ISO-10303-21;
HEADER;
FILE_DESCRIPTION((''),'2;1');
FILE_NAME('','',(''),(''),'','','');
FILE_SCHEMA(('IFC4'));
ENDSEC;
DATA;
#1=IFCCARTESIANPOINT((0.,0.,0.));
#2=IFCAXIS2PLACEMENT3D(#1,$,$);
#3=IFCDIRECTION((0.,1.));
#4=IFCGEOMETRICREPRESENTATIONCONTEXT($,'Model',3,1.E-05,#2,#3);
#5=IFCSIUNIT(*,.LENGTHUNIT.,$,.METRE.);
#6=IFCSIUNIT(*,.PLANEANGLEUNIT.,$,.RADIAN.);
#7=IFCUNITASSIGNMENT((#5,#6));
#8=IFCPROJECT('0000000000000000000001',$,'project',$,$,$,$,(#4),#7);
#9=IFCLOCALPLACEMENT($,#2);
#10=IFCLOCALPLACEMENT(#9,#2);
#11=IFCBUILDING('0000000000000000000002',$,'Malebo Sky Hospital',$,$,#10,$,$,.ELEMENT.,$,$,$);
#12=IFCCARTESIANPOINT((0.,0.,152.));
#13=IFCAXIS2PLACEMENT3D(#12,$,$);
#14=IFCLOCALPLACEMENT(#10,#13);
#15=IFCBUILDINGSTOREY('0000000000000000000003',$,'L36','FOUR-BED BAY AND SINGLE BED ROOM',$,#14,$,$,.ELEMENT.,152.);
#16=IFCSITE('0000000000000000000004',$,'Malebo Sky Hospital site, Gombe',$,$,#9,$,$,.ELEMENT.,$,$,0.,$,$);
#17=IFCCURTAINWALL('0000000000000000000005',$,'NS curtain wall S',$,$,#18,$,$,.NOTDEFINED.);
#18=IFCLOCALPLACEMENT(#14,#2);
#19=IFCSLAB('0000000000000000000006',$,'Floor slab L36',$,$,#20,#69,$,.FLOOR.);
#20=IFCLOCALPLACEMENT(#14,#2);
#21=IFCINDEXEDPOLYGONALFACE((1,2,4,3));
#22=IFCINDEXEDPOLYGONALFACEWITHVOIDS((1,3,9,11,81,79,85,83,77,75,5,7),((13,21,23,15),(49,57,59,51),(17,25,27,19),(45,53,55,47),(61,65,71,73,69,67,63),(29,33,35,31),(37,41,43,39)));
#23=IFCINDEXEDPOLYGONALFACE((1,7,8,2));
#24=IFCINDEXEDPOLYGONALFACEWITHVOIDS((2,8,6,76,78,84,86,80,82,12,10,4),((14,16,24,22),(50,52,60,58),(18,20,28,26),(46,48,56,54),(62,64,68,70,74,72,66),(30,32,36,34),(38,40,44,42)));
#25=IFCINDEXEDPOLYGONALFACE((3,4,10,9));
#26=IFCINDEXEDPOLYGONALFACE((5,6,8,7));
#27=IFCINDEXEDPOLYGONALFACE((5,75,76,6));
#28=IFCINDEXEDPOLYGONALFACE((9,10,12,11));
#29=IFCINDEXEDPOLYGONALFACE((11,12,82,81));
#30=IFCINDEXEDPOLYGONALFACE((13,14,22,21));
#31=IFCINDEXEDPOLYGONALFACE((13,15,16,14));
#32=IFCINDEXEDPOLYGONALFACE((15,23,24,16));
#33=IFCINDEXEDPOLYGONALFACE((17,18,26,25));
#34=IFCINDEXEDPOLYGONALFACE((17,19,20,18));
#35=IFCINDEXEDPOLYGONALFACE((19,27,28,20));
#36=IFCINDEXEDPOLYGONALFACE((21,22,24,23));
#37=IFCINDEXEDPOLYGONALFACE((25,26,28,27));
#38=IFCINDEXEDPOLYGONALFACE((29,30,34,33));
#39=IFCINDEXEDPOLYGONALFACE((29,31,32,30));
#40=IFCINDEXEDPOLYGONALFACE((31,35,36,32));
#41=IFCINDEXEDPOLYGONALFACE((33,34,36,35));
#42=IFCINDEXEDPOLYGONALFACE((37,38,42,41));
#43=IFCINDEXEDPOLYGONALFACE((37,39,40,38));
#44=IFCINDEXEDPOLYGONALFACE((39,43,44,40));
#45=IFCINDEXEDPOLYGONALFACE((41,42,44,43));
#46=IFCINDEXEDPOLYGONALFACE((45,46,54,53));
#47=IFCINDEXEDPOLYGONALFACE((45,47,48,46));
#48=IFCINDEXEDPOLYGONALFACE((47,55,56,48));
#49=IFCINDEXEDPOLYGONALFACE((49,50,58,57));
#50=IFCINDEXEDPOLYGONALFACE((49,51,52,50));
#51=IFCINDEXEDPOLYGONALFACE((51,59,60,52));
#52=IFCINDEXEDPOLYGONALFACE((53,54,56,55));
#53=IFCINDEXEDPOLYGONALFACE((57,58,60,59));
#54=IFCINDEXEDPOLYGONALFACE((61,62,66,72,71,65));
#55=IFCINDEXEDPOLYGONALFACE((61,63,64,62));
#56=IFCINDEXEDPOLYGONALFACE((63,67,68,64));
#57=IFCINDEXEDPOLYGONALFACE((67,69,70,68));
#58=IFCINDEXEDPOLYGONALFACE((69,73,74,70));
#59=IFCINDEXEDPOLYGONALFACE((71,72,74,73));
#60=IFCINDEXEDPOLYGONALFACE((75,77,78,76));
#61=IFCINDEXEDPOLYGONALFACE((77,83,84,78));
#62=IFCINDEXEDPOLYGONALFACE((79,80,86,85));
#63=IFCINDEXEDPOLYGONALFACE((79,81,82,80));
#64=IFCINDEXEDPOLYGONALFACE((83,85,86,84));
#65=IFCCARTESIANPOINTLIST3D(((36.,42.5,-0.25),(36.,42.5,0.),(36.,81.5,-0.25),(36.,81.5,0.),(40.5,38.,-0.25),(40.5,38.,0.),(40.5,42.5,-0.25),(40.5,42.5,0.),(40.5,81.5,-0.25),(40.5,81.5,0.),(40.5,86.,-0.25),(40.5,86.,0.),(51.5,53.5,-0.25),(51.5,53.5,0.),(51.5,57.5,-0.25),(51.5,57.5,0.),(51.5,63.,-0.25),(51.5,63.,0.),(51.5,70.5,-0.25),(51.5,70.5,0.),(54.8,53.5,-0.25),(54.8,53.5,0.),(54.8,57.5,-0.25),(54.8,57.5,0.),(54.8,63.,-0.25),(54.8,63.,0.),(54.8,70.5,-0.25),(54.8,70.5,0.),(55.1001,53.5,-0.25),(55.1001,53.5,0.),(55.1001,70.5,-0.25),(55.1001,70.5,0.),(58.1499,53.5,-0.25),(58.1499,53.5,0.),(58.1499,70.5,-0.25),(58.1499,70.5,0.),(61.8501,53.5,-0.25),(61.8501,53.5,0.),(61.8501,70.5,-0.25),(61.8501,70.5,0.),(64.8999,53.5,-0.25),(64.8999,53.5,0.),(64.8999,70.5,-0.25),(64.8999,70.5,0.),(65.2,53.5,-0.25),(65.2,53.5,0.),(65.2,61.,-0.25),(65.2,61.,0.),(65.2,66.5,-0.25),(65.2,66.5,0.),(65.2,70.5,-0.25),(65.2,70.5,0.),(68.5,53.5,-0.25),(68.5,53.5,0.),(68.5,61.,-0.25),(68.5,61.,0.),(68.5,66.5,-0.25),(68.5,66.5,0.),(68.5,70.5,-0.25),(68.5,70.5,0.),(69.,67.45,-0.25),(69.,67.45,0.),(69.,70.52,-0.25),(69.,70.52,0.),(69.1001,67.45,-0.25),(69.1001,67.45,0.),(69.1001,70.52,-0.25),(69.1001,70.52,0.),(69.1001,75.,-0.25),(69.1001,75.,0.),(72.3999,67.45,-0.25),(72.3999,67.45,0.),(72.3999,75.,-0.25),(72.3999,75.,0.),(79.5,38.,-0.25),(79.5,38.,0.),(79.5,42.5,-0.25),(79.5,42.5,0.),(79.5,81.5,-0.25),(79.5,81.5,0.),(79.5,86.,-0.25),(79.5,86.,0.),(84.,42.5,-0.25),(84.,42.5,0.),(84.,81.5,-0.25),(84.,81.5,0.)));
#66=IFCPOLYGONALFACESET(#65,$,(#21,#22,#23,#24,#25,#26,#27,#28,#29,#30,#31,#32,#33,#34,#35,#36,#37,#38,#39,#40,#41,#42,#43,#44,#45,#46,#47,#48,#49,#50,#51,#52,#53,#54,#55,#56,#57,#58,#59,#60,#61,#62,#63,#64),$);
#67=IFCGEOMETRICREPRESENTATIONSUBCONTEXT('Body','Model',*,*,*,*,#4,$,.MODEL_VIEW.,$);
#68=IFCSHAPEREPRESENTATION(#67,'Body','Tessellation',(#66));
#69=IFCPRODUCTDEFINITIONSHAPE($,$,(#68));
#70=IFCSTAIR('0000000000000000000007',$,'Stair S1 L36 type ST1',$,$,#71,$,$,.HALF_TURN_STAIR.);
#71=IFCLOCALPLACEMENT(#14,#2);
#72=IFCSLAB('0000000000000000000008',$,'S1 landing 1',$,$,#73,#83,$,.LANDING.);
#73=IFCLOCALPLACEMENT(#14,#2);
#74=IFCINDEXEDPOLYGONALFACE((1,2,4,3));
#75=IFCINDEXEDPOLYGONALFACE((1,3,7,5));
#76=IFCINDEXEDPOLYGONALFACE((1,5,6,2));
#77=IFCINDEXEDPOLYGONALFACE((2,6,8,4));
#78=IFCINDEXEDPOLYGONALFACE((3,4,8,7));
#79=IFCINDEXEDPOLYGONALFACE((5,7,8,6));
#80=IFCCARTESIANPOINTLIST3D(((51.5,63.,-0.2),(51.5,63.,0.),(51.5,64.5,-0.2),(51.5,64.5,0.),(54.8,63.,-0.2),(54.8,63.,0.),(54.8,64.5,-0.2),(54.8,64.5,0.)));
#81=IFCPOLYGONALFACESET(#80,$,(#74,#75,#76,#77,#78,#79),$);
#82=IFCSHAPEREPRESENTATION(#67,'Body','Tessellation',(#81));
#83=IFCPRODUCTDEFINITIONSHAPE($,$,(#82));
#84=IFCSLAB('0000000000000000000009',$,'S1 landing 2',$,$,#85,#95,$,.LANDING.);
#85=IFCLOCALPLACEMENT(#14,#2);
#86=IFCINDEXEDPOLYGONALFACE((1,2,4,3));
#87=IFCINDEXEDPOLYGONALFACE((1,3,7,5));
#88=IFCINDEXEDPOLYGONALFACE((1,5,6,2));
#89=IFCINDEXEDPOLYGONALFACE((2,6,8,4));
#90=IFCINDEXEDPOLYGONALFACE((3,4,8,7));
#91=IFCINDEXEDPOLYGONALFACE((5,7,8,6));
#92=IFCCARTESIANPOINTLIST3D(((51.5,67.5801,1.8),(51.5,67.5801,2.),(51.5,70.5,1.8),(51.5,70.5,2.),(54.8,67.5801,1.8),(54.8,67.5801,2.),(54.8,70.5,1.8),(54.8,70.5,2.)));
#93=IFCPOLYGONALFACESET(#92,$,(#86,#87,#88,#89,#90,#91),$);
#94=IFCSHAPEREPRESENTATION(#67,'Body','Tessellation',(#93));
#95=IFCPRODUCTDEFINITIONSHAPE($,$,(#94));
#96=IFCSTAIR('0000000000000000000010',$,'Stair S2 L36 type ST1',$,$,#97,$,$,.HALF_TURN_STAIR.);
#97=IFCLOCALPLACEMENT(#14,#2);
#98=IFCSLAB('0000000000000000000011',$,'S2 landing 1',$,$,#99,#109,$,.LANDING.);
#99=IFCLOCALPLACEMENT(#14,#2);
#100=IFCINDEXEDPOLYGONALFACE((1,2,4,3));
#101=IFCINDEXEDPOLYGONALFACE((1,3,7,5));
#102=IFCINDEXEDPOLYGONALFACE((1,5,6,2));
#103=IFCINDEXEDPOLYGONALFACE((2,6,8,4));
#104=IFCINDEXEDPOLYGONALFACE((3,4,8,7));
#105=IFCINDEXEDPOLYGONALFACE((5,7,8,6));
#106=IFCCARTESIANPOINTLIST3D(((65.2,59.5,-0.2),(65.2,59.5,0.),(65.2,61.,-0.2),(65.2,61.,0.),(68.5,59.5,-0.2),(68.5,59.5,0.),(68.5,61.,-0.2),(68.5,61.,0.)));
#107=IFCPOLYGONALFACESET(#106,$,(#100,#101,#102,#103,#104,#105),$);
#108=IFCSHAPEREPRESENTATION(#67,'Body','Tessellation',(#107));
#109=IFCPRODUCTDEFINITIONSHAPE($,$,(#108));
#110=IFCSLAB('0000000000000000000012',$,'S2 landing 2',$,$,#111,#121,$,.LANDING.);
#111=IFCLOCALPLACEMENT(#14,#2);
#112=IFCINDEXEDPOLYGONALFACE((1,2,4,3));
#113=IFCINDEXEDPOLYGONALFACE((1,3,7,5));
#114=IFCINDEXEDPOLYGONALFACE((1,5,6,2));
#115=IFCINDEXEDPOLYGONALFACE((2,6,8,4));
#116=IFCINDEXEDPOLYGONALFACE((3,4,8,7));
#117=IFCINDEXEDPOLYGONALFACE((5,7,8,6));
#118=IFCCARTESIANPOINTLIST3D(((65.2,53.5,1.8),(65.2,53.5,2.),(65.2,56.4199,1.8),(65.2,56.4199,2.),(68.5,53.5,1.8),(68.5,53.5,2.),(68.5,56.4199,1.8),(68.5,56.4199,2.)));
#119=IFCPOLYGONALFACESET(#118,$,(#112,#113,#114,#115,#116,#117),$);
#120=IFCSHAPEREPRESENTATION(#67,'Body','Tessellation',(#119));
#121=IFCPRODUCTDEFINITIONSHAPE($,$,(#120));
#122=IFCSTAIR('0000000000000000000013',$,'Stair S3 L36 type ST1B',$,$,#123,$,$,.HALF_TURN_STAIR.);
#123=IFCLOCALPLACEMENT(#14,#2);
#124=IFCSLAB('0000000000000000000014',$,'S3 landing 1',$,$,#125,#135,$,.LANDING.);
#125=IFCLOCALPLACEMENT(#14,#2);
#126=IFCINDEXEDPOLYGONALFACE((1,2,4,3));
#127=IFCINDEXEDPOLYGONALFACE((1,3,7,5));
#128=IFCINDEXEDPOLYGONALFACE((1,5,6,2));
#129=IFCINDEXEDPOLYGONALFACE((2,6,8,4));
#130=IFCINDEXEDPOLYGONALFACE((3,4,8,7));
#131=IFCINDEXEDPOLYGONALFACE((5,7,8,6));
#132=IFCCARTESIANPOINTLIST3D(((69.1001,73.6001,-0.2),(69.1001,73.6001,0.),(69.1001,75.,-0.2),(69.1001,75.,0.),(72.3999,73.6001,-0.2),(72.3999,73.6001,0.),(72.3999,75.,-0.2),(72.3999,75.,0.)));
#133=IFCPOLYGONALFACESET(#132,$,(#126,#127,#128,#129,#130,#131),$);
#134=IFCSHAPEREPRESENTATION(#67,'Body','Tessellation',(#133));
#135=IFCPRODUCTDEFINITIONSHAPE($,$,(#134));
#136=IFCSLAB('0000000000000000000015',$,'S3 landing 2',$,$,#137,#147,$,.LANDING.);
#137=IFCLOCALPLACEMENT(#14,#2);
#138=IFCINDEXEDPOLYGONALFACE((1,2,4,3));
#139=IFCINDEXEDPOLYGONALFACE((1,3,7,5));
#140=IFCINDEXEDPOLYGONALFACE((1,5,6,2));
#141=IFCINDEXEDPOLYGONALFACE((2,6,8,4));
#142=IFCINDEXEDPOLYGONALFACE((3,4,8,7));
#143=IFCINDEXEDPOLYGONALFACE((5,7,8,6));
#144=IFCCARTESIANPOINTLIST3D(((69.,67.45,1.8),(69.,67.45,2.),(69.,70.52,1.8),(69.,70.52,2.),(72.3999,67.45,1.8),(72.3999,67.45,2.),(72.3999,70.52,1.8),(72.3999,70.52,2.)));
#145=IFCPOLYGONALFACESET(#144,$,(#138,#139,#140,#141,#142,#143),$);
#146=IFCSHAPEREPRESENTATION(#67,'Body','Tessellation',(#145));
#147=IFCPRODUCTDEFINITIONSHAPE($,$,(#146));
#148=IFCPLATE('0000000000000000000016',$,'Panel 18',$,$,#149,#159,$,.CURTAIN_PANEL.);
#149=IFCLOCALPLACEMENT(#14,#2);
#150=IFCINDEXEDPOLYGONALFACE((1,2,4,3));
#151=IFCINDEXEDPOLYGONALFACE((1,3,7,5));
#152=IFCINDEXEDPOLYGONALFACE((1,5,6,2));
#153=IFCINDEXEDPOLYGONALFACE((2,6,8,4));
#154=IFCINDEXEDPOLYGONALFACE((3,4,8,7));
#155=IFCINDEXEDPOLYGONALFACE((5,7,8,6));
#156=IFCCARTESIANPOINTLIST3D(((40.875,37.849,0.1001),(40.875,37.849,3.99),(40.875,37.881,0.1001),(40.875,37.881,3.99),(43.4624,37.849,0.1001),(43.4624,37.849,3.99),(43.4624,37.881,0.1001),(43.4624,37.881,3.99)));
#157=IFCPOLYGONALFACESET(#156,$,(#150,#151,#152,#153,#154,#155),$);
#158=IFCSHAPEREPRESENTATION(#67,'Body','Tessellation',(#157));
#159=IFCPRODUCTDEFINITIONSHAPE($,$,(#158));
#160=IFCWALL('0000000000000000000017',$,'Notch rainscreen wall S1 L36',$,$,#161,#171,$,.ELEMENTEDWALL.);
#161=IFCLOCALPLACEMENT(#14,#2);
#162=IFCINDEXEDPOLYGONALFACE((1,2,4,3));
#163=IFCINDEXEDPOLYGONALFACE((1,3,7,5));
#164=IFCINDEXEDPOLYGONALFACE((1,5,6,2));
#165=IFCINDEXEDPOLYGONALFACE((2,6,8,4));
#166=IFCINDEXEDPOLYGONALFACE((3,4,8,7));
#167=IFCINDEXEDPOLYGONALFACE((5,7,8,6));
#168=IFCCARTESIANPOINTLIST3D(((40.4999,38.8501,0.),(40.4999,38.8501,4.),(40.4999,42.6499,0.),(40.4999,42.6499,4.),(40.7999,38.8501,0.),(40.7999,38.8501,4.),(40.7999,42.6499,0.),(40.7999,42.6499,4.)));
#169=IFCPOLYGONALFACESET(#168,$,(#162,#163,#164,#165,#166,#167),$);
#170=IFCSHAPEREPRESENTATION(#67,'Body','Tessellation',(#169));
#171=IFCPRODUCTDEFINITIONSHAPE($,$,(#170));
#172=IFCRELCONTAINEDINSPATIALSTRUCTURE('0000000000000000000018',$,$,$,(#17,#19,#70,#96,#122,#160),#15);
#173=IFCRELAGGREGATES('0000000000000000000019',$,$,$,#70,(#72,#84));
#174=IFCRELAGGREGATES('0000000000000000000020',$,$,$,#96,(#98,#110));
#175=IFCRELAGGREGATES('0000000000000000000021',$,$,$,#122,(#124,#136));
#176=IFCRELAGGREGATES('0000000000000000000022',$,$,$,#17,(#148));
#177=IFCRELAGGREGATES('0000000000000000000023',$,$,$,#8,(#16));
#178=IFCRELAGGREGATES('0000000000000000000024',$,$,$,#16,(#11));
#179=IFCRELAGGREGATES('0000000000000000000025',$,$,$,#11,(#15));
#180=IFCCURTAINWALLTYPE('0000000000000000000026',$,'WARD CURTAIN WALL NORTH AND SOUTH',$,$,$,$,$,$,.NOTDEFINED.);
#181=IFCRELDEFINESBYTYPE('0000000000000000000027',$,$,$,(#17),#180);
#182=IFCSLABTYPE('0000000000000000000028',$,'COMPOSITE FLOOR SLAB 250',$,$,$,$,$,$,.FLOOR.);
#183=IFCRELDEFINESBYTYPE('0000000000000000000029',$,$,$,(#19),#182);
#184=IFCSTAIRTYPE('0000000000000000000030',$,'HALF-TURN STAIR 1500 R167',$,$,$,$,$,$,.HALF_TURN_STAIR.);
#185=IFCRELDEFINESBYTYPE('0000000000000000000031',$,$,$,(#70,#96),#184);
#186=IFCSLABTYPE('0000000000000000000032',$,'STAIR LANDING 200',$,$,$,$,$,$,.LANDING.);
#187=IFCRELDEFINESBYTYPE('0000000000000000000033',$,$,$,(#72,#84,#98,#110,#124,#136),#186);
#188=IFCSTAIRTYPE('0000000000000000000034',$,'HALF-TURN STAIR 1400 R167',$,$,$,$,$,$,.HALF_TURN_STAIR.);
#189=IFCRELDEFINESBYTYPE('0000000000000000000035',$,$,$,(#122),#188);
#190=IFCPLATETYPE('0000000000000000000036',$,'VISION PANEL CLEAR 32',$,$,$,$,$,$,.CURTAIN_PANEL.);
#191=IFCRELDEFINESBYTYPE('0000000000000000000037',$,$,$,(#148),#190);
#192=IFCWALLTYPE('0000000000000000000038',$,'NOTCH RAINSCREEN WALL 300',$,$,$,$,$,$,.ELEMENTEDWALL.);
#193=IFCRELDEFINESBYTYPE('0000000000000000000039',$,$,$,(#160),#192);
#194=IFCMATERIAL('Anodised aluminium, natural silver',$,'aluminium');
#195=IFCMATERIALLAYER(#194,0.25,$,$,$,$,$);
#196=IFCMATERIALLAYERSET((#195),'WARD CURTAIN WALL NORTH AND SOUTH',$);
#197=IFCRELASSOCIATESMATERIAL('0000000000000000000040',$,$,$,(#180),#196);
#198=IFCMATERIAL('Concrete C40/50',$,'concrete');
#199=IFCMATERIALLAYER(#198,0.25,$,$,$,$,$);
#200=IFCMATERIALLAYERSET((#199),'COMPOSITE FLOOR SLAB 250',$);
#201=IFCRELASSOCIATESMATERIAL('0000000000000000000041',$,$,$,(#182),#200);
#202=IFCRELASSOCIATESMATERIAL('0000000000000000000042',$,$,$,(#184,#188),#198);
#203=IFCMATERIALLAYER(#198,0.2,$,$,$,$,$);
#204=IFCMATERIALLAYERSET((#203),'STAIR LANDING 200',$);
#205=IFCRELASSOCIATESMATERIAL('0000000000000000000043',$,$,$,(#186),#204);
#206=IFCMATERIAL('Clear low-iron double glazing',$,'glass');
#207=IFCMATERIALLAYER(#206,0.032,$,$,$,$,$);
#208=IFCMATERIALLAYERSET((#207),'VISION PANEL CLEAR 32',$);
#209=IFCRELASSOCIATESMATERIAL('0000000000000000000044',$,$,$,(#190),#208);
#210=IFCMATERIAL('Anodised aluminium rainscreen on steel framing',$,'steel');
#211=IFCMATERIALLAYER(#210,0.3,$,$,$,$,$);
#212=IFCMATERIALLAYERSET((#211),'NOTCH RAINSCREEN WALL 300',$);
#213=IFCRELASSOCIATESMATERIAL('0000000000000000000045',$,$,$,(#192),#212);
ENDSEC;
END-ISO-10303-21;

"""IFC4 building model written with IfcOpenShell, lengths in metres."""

from ifc_helpers import new_model, si_unit, direction, frame, frame_2d, origin, origin_2d, place, context, subcontext, project, spatial, polyline, rectangle, outline, extrude, material, layer, layer_set, type_object, element, aggregate, save


model = new_model("IFC4")

# Units and contexts
model_context = context("Model", 3, precision=1e-05, world=origin(), true_north=direction((0.0, 1.0)))
body_context = subcontext(model_context, "Body", "Model", "MODEL_VIEW")
ifc_project = project(units=[si_unit("LENGTHUNIT", "METRE"), si_unit("PLANEANGLEUNIT", "RADIAN")], contexts=[model_context])

# Site, building, storey
site_placement = place(None, origin())
site = spatial("IfcSite", under=ifc_project, at=site_placement, Name="Malebo Sky Hospital site, Gombe", CompositionType="ELEMENT", RefElevation=0.0)
building_placement = place(site_placement, origin())
building = spatial("IfcBuilding", under=site, at=building_placement, Name="Malebo Sky Hospital", CompositionType="ELEMENT")
storey_placement = place(building_placement, frame((0.0, 0.0, 152.0)))
storey = spatial("IfcBuildingStorey", under=building, at=storey_placement, Name="L36", Description="FOUR-BED BAY AND SINGLE BED ROOM", CompositionType="ELEMENT", Elevation=152.0)

# Curtain wall
ifc_material_1 = material(Name="Anodised aluminium, natural silver", Category="aluminium")
ifc_layer_1 = layer(ifc_material_1, 0.25)
ifc_layer_set_1 = layer_set([ifc_layer_1], Name="WARD CURTAIN WALL NORTH AND SOUTH")
curtain_wall_type = type_object("IfcCurtainWallType", Name="WARD CURTAIN WALL NORTH AND SOUTH", PredefinedType="NOTDEFINED", material=ifc_layer_set_1)
curtain_wall_placement = place(storey_placement, origin())
curtain_wall = element("IfcCurtainWall", 1, at=curtain_wall_placement, inside=storey, type_object=curtain_wall_type, Name="NS curtain wall S", PredefinedType="NOTDEFINED")

# Slab
ifc_material_2 = material(Name="Concrete C40/50", Category="concrete")
ifc_layer_2 = layer(ifc_material_2, 0.25)
ifc_layer_set_2 = layer_set([ifc_layer_2], Name="COMPOSITE FLOOR SLAB 250")
slab_type_1 = type_object("IfcSlabType", Name="COMPOSITE FLOOR SLAB 250", PredefinedType="FLOOR", material=ifc_layer_set_2)
slab_1_placement = place(storey_placement, frame((0.0, 0.0, -0.25)))
element("IfcSlab", 2, at=slab_1_placement, inside=storey, type_object=slab_type_1, Name="Floor slab L36", PredefinedType="FLOOR", context=body_context, shape_type="SweptSolid", body=[
    extrude(outline(polyline([(40.5, 86.0), (40.5, 81.5), (36.0, 81.5), (36.0, 42.5), (40.5, 42.5), (40.5, 38.0), (79.5, 38.0), (79.5, 42.5), (84.0, 42.5), (84.0, 81.5), (79.5, 81.5), (79.5, 86.0), (40.5, 86.0)]), holes=[polyline([(55.1001, 70.5), (58.1499, 70.5), (58.1499, 53.5), (55.1001, 53.5), (55.1001, 70.5)]), polyline([(64.8999, 70.5), (64.8999, 53.5), (61.8501, 53.5), (61.8501, 70.5), (64.8999, 70.5)]), polyline([(54.8, 63.0), (51.5, 63.0), (51.5, 70.5), (54.8, 70.5), (54.8, 63.0)]), polyline([(51.5, 53.5), (51.5, 57.5), (54.8, 57.5), (54.8, 53.5), (51.5, 53.5)]), polyline([(65.2, 61.0), (68.5, 61.0), (68.5, 53.5), (65.2, 53.5), (65.2, 61.0)]), polyline([(68.5, 70.5), (68.5, 66.5), (65.2, 66.5), (65.2, 70.5), (68.5, 70.5)]), polyline([(69.0, 67.45), (69.0, 70.52), (69.1001, 70.52), (69.1001, 75.0), (72.3999, 75.0), (72.3999, 67.45), (69.1001, 67.45), (69.0, 67.45)])]), origin(), (0.0, 0.0, 1.0), 0.25),
])

# Stairs, slabs
stair_type_1 = type_object("IfcStairType", Name="HALF-TURN STAIR 1500 R167", PredefinedType="HALF_TURN_STAIR", material=ifc_material_2)
stair_1_placement = place(storey_placement, origin())
stair_1 = element("IfcStair", 3, at=stair_1_placement, inside=storey, type_object=stair_type_1, Name="Stair S1 L36 type ST1", PredefinedType="HALF_TURN_STAIR")
ifc_layer_3 = layer(ifc_material_2, 0.2)
ifc_layer_set_3 = layer_set([ifc_layer_3], Name="STAIR LANDING 200")
slab_type_2 = type_object("IfcSlabType", Name="STAIR LANDING 200", PredefinedType="LANDING", material=ifc_layer_set_3)
slab_2_placement = place(storey_placement, frame((0.0, 0.0, -0.2)))
slab_2 = element("IfcSlab", 4, at=slab_2_placement, type_object=slab_type_2, Name="S1 landing 1", PredefinedType="LANDING", context=body_context, shape_type="SweptSolid", body=[
    extrude(outline(polyline([(51.5, 63.0), (54.8, 63.0), (54.8, 64.5), (51.5, 64.5), (51.5, 63.0)])), origin(), (0.0, 0.0, 1.0), 0.2),
])
slab_3_placement = place(storey_placement, frame((0.0, 0.0, 1.8)))
slab_3 = element("IfcSlab", 5, at=slab_3_placement, type_object=slab_type_2, Name="S1 landing 2", PredefinedType="LANDING", context=body_context, shape_type="SweptSolid", body=[
    extrude(outline(polyline([(51.5, 67.5801), (54.8, 67.5801), (54.8, 70.5), (51.5, 70.5), (51.5, 67.5801)])), origin(), (0.0, 0.0, 1.0), 0.2),
])
aggregate(stair_1, [slab_2, slab_3])
stair_2_placement = place(storey_placement, origin())
stair_2 = element("IfcStair", 6, at=stair_2_placement, inside=storey, type_object=stair_type_1, Name="Stair S2 L36 type ST1", PredefinedType="HALF_TURN_STAIR")
slab_4_placement = place(storey_placement, frame((0.0, 0.0, -0.2)))
slab_4 = element("IfcSlab", 7, at=slab_4_placement, type_object=slab_type_2, Name="S2 landing 1", PredefinedType="LANDING", context=body_context, shape_type="SweptSolid", body=[
    extrude(outline(polyline([(65.2, 59.5), (68.5, 59.5), (68.5, 61.0), (65.2, 61.0), (65.2, 59.5)])), origin(), (0.0, 0.0, 1.0), 0.2),
])
slab_5_placement = place(storey_placement, frame((0.0, 0.0, 1.8)))
slab_5 = element("IfcSlab", 8, at=slab_5_placement, type_object=slab_type_2, Name="S2 landing 2", PredefinedType="LANDING", context=body_context, shape_type="SweptSolid", body=[
    extrude(outline(polyline([(65.2, 53.5), (68.5, 53.5), (68.5, 56.4199), (65.2, 56.4199), (65.2, 53.5)])), origin(), (0.0, 0.0, 1.0), 0.2),
])
aggregate(stair_2, [slab_4, slab_5])
stair_type_2 = type_object("IfcStairType", Name="HALF-TURN STAIR 1400 R167", PredefinedType="HALF_TURN_STAIR", material=ifc_material_2)
stair_3_placement = place(storey_placement, origin())
stair_3 = element("IfcStair", 9, at=stair_3_placement, inside=storey, type_object=stair_type_2, Name="Stair S3 L36 type ST1B", PredefinedType="HALF_TURN_STAIR")
slab_6_placement = place(storey_placement, frame((0.0, 0.0, -0.2)))
slab_6 = element("IfcSlab", 10, at=slab_6_placement, type_object=slab_type_2, Name="S3 landing 1", PredefinedType="LANDING", context=body_context, shape_type="SweptSolid", body=[
    extrude(outline(polyline([(69.1001, 73.6001), (72.3999, 73.6001), (72.3999, 75.0), (69.1001, 75.0), (69.1001, 73.6001)])), origin(), (0.0, 0.0, 1.0), 0.2),
])
slab_7_placement = place(storey_placement, frame((0.0, 0.0, 1.8)))
slab_7 = element("IfcSlab", 11, at=slab_7_placement, type_object=slab_type_2, Name="S3 landing 2", PredefinedType="LANDING", context=body_context, shape_type="SweptSolid", body=[
    extrude(outline(polyline([(69.0, 67.45), (72.3999, 67.45), (72.3999, 70.52), (69.0, 70.52), (69.0, 67.45)])), origin(), (0.0, 0.0, 1.0), 0.2),
])
aggregate(stair_3, [slab_6, slab_7])

# Plate
ifc_material_3 = material(Name="Clear low-iron double glazing", Category="glass")
ifc_layer_4 = layer(ifc_material_3, 0.032)
ifc_layer_set_4 = layer_set([ifc_layer_4], Name="VISION PANEL CLEAR 32")
plate_type = type_object("IfcPlateType", Name="VISION PANEL CLEAR 32", PredefinedType="CURTAIN_PANEL", material=ifc_layer_set_4)
plate_placement = place(storey_placement, frame((42.1687, 37.865, 0.1001), z_axis=(0.0, 0.0, 1.0), x_axis=(-1.0, 0.0, 0.0)))
plate = element("IfcPlate", 12, at=plate_placement, type_object=plate_type, Name="Panel 18", PredefinedType="CURTAIN_PANEL", context=body_context, shape_type="SweptSolid", body=[
    extrude(rectangle(XDim=2.5874, YDim=0.032, at=origin_2d()), origin(), (0.0, 0.0, 1.0), 3.8899),
])
aggregate(curtain_wall, [plate])

# Wall
ifc_material_4 = material(Name="Anodised aluminium rainscreen on steel framing", Category="steel")
ifc_layer_5 = layer(ifc_material_4, 0.3)
ifc_layer_set_5 = layer_set([ifc_layer_5], Name="NOTCH RAINSCREEN WALL 300")
wall_type = type_object("IfcWallType", Name="NOTCH RAINSCREEN WALL 300", PredefinedType="ELEMENTEDWALL", material=ifc_layer_set_5)
wall_placement = place(storey_placement, frame((40.6499, 38.8501, 0.0), z_axis=(0.0, 0.0, 1.0), x_axis=(0.0, 1.0, 0.0)))
element("IfcWall", 13, at=wall_placement, inside=storey, type_object=wall_type, Name="Notch rainscreen wall S1 L36", PredefinedType="ELEMENTEDWALL", context=body_context, shape_type="SweptSolid", body=[
    extrude(rectangle(XDim=3.7998, YDim=0.3, at=frame_2d((1.8999, 0.0))), origin(), (0.0, 0.0, 1.0), 4.0),
])

save(model, "model.ifc")
